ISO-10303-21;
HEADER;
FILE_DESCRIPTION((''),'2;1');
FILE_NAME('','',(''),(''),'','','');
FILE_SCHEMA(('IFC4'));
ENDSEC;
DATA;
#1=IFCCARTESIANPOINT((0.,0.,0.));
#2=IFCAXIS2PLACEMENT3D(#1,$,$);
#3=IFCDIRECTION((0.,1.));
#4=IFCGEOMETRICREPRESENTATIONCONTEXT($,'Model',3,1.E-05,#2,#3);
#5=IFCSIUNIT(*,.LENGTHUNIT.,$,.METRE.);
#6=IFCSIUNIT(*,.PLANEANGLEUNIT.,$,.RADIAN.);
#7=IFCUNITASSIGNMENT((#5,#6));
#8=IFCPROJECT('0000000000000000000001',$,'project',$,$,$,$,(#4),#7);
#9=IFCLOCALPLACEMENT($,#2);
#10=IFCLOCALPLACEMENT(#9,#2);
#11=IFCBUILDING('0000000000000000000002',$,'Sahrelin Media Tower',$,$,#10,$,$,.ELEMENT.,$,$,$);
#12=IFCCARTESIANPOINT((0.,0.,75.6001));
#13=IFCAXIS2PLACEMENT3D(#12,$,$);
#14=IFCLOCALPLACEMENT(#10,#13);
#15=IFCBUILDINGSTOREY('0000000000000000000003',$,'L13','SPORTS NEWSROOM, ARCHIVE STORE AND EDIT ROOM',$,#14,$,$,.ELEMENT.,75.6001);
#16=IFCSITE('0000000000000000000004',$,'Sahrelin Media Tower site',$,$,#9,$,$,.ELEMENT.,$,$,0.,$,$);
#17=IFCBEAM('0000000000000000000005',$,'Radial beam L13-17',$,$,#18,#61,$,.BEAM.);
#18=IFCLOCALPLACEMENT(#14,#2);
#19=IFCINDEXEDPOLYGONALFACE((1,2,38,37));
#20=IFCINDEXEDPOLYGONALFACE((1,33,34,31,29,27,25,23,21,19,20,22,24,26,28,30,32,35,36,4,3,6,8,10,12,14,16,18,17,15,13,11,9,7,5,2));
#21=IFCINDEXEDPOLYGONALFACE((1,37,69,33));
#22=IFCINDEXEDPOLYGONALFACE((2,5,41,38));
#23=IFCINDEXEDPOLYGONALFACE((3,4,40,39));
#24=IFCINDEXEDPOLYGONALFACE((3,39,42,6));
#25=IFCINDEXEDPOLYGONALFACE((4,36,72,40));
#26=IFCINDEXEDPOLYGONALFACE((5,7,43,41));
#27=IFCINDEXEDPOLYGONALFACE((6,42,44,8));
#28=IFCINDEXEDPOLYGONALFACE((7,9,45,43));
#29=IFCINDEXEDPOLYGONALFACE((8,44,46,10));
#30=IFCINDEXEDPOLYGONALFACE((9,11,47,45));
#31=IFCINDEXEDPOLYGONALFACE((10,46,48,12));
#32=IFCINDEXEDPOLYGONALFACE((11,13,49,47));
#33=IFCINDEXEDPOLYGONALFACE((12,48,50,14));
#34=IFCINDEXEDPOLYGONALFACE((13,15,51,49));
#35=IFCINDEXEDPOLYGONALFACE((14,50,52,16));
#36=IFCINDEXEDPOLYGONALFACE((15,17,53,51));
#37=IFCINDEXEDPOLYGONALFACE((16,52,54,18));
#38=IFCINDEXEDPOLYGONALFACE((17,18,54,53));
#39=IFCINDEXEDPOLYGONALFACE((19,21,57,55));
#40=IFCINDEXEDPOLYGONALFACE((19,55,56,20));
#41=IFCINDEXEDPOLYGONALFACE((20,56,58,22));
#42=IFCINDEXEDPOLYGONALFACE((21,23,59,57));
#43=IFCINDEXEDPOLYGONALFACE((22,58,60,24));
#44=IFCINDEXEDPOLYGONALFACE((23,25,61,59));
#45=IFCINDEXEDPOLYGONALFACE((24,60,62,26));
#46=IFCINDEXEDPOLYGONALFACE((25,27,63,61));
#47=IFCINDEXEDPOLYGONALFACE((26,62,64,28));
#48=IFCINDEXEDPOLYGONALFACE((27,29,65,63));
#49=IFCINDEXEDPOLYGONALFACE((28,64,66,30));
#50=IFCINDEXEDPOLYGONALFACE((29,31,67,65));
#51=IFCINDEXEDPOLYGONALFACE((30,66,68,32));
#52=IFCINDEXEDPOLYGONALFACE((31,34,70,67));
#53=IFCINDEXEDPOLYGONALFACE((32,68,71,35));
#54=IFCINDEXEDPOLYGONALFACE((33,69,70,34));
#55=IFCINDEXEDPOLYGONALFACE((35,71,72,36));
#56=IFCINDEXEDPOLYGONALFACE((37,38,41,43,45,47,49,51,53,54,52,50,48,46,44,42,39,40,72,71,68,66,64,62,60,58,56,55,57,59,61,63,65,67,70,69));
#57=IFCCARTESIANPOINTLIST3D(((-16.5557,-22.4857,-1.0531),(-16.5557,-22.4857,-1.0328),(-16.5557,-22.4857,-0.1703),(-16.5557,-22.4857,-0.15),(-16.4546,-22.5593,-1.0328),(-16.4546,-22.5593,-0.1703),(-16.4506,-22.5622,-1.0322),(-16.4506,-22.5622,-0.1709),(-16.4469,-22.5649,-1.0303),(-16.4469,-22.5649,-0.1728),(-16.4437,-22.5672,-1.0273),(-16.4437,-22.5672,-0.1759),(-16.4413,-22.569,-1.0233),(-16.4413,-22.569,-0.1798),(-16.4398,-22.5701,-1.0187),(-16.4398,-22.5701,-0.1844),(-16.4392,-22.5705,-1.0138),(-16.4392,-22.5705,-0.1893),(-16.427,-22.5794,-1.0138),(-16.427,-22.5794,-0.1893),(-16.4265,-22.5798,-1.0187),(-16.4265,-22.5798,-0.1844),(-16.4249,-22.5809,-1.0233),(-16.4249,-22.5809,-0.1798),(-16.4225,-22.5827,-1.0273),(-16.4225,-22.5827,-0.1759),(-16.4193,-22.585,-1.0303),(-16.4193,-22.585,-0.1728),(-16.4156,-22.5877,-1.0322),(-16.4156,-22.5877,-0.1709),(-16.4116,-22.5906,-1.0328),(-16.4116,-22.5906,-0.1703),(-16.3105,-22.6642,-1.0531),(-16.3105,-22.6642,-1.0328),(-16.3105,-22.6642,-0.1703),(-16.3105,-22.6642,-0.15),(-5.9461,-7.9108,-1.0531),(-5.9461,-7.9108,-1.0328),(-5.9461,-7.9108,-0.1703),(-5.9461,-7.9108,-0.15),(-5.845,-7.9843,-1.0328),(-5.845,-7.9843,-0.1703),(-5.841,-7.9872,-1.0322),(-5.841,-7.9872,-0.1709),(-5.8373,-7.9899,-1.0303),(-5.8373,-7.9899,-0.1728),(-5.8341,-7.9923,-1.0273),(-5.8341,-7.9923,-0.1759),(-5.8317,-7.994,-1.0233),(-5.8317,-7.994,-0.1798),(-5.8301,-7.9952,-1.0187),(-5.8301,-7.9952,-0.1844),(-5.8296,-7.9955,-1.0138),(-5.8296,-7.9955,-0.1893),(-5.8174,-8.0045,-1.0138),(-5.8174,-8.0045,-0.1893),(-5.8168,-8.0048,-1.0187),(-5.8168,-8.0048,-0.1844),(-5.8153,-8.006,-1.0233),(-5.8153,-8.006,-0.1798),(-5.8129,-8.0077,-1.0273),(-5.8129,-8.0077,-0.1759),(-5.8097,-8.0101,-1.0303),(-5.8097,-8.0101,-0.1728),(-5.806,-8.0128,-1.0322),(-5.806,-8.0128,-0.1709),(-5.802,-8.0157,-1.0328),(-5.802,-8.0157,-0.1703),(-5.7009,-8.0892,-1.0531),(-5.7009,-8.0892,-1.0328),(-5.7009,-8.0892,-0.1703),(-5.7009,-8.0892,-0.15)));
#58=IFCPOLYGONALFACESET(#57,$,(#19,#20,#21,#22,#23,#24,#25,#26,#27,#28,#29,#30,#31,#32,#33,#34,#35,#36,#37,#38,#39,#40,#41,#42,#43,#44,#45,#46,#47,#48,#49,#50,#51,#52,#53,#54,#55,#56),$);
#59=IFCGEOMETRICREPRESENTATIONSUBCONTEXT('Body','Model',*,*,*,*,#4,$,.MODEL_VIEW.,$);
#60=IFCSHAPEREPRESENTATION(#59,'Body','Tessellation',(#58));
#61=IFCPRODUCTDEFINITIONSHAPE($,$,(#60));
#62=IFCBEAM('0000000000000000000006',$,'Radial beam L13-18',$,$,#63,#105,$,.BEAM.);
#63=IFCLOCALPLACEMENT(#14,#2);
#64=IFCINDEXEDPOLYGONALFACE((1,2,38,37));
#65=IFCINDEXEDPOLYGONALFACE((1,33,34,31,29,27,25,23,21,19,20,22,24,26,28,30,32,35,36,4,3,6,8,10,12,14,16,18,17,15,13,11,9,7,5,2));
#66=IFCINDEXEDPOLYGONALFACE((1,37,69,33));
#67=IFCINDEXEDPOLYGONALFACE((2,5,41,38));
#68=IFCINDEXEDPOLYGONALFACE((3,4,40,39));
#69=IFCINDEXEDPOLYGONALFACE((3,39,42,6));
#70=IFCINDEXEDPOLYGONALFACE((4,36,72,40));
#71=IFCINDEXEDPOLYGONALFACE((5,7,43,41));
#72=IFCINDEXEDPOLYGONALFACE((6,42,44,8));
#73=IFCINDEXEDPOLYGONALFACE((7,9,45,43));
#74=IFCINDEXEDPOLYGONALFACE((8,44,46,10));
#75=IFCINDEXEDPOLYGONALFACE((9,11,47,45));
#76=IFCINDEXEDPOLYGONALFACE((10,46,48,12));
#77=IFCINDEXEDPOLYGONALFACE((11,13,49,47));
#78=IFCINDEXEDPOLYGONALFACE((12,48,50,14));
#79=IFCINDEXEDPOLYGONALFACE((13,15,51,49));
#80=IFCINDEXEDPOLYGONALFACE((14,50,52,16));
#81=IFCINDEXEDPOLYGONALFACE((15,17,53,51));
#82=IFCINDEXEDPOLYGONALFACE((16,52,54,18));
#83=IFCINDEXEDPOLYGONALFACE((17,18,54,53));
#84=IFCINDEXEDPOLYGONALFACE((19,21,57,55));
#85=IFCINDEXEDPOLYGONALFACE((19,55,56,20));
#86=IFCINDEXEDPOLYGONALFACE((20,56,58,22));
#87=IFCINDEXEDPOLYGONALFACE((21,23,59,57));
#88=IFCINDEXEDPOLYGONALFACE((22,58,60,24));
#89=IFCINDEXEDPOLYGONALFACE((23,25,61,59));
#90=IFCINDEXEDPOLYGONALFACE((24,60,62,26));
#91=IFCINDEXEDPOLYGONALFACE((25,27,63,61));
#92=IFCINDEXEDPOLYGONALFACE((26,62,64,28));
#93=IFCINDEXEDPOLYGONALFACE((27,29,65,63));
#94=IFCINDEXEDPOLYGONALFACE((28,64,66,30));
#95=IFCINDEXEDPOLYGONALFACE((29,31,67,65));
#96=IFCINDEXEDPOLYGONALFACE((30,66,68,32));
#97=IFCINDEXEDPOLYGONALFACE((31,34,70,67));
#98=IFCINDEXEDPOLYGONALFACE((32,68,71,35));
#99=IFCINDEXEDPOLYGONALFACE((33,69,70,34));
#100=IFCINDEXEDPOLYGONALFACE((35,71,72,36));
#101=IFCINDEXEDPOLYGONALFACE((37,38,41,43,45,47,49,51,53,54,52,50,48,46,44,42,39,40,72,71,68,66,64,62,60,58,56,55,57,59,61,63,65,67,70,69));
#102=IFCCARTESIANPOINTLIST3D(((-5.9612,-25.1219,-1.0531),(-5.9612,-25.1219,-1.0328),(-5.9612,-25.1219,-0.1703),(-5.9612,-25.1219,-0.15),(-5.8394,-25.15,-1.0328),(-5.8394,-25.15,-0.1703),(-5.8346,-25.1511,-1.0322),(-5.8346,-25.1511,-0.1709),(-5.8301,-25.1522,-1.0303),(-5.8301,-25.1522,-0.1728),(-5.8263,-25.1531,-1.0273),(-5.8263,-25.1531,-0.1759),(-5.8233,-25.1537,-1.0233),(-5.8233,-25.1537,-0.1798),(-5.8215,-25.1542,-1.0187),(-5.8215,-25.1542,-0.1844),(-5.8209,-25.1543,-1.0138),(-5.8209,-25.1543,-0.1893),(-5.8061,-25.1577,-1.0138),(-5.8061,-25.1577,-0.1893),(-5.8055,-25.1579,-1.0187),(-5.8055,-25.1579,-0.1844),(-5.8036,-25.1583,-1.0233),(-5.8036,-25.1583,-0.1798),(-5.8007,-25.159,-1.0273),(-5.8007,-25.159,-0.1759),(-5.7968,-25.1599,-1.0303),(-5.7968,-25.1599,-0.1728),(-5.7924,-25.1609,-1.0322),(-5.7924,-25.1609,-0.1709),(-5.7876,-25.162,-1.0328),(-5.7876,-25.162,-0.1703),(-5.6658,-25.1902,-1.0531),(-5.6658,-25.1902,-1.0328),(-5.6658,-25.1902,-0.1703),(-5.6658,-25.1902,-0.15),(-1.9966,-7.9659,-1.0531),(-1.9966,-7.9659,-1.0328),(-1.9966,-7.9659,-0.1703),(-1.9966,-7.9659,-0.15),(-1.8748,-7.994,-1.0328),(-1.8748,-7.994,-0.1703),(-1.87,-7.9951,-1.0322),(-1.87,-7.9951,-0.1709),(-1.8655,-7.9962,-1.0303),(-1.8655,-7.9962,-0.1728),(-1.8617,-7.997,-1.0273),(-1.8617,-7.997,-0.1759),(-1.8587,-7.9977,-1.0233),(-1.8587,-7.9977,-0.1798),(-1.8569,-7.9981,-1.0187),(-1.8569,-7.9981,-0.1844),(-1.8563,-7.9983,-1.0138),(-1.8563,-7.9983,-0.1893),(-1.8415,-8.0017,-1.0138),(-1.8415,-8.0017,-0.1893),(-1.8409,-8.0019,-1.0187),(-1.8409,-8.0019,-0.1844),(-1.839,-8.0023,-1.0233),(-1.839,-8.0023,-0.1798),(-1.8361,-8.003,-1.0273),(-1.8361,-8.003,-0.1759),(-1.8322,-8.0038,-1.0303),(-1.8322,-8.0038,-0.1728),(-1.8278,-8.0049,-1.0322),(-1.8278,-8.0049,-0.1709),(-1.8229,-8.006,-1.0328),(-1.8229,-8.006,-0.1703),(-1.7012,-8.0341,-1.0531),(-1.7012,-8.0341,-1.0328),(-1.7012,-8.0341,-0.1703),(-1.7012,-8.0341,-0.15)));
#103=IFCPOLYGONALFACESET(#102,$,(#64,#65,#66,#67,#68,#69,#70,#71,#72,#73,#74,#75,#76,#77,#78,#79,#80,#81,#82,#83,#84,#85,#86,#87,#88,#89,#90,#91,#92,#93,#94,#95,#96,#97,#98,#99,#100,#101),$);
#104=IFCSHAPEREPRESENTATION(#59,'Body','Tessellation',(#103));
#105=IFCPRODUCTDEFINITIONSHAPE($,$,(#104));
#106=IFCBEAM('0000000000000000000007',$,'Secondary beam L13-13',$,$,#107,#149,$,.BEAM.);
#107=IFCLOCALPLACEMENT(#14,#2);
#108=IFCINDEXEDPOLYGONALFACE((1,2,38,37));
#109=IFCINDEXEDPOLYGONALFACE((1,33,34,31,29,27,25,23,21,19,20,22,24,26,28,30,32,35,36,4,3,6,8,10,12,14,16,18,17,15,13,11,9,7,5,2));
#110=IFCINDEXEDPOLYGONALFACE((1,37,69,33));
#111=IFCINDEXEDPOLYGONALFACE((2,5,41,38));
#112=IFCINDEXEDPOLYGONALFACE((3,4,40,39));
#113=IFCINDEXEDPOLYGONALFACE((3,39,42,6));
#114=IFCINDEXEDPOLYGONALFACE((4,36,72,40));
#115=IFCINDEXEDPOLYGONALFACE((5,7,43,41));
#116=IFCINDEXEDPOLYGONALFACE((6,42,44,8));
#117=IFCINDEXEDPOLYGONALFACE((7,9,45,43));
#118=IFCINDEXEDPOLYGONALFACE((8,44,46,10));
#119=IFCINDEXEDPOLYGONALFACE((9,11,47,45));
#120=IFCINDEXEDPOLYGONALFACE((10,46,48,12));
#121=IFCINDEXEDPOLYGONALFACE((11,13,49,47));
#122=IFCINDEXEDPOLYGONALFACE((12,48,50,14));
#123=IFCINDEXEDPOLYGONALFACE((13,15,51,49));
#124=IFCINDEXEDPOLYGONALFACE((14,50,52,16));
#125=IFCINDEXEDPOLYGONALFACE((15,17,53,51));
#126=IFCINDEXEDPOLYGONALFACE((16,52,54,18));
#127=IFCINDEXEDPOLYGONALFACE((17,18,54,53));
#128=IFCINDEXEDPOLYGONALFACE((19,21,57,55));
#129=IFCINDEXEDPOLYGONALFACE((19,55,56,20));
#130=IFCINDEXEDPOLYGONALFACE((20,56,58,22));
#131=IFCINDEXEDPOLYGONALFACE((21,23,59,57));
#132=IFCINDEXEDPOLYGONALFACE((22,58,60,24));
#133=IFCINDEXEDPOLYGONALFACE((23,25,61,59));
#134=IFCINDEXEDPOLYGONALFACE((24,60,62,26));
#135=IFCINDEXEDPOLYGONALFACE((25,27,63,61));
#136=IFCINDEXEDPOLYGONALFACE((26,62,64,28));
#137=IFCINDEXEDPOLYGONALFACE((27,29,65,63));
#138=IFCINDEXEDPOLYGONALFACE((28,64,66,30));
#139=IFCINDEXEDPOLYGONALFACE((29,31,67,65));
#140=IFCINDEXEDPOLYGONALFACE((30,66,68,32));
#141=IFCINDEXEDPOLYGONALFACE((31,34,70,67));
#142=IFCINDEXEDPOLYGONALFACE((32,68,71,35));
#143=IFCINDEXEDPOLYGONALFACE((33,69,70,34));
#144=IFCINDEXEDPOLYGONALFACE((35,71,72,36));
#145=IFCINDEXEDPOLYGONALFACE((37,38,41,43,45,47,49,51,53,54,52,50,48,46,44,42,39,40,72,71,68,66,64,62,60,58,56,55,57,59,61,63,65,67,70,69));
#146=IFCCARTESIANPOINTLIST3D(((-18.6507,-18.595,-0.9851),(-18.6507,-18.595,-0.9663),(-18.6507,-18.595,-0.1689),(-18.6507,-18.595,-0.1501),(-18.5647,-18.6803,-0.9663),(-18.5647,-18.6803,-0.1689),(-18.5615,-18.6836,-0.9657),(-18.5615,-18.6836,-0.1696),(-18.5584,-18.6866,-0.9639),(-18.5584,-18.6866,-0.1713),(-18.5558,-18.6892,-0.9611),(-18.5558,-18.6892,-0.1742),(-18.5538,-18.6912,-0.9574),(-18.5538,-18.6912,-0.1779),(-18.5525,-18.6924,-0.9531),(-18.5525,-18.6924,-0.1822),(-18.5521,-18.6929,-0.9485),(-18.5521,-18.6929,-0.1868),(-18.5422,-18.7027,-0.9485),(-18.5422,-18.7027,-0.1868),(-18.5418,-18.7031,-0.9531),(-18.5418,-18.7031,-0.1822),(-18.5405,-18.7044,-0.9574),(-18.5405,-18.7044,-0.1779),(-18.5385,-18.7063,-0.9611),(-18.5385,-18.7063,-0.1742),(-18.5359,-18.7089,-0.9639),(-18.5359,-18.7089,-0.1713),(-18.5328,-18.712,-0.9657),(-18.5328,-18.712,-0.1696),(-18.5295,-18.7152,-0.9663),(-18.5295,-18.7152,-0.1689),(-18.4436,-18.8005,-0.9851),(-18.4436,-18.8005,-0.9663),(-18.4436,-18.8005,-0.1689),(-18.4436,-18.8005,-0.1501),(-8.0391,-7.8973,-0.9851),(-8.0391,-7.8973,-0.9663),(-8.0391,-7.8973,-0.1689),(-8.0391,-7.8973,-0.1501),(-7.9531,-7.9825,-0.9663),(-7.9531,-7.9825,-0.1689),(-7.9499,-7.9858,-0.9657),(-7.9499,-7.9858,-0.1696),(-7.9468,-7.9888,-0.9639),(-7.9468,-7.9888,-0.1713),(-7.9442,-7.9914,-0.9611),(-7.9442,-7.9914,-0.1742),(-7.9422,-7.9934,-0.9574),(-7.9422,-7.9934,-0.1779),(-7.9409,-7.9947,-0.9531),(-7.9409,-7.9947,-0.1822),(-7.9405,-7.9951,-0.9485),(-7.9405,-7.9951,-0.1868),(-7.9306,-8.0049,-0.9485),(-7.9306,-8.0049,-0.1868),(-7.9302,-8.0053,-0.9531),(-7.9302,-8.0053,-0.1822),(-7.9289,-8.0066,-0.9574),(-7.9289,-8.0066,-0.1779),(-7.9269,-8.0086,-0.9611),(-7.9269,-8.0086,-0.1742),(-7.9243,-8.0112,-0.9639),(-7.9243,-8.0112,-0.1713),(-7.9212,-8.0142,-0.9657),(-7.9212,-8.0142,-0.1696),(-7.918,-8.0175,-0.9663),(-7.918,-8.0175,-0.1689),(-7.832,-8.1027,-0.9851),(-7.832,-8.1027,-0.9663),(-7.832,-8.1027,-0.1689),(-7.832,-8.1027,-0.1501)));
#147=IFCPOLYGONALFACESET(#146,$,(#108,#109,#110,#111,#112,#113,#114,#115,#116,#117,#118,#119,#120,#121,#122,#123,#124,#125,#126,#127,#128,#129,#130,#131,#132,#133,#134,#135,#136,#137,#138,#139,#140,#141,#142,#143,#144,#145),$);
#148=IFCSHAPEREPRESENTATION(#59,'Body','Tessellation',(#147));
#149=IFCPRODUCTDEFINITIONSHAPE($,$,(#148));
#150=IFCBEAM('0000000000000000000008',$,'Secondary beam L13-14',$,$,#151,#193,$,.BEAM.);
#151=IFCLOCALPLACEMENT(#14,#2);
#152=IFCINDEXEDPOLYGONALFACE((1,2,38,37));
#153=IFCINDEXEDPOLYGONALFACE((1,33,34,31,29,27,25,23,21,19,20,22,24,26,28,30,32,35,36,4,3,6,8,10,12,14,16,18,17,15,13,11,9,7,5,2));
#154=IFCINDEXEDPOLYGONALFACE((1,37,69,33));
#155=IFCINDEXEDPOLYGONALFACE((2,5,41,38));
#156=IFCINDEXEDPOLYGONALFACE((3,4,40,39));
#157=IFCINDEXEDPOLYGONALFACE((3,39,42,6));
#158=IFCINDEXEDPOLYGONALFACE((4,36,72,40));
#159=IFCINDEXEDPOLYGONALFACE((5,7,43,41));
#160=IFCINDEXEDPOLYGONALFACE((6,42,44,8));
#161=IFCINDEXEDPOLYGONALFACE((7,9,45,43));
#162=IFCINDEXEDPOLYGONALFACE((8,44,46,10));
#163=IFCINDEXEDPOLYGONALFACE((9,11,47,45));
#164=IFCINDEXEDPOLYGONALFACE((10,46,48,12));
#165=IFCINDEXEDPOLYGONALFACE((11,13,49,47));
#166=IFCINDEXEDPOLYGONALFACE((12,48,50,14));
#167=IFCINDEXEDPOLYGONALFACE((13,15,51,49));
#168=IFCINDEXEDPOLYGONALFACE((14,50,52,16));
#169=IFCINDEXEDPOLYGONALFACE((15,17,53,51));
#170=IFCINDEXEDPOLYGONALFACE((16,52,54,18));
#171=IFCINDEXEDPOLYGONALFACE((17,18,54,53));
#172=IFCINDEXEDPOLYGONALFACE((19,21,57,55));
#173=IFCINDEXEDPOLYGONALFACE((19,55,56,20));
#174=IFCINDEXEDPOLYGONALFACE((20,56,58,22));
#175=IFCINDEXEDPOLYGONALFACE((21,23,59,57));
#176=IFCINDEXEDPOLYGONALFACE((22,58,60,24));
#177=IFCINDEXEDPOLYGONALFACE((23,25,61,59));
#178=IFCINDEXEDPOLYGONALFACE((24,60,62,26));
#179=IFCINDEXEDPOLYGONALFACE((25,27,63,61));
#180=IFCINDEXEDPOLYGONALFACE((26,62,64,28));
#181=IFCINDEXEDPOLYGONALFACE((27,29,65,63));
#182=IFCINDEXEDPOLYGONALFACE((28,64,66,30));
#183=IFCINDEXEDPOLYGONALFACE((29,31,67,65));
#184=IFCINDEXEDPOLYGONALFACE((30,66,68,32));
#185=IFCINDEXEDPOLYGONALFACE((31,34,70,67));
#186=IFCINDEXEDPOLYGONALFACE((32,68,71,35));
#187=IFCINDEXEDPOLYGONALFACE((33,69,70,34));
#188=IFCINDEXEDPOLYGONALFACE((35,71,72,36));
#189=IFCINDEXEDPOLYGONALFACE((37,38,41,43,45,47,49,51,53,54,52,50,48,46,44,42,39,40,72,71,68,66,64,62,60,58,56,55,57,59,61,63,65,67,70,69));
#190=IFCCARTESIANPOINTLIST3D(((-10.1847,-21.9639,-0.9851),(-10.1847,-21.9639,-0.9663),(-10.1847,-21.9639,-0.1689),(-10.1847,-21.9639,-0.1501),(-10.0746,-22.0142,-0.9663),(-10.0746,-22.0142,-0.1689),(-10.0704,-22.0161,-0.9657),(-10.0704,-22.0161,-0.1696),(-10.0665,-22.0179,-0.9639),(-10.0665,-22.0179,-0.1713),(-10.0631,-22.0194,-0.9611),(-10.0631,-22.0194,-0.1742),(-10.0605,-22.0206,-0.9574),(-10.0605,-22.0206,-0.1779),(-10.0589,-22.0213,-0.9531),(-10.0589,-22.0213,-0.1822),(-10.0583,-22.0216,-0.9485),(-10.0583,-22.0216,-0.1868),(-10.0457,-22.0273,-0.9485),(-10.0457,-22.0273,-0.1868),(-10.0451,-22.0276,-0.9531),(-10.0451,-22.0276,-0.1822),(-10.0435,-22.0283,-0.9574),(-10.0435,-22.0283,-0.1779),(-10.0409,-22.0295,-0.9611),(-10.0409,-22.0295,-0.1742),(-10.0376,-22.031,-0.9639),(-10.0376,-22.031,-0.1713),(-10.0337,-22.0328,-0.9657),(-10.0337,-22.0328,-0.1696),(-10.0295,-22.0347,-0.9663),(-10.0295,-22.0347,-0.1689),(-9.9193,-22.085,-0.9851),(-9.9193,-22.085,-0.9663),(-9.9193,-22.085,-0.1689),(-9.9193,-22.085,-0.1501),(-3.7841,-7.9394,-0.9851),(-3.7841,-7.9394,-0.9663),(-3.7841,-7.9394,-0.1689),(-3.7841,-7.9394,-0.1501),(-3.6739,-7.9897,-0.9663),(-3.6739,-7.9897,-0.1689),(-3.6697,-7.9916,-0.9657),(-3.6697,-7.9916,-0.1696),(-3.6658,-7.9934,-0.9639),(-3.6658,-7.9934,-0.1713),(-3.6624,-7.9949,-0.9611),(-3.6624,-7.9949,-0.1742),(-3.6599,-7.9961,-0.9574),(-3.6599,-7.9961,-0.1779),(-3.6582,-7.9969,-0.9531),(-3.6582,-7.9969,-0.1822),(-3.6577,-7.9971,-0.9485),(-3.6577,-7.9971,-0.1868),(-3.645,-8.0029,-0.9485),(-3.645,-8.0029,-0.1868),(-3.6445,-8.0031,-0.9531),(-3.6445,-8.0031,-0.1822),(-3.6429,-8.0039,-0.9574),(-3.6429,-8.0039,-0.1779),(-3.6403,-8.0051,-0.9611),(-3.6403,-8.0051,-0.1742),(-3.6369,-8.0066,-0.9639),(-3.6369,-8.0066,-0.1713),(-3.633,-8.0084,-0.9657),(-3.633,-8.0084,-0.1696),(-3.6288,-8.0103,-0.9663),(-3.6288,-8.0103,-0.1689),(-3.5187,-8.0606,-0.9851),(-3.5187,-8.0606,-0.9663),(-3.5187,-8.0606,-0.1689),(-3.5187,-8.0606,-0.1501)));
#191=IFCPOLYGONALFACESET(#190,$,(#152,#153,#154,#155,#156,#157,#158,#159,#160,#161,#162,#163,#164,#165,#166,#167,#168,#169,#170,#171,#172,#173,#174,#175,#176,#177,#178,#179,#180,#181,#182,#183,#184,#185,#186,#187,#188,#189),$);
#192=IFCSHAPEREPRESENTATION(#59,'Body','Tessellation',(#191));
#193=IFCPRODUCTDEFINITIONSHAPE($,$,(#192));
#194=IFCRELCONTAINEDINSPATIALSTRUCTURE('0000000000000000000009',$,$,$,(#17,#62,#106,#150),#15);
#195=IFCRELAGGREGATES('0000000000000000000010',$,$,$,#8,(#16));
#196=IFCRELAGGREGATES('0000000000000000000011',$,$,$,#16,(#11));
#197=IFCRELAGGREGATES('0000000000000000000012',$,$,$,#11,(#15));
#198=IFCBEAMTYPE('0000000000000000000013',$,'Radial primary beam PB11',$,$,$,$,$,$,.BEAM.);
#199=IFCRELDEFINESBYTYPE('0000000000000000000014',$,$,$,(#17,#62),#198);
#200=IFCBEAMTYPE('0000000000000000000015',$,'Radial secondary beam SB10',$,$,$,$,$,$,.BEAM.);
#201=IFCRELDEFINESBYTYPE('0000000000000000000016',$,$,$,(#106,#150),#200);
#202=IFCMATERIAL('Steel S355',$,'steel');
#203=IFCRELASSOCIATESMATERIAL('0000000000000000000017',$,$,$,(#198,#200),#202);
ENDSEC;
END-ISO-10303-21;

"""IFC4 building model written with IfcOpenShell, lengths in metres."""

from ifc_helpers import new_model, si_unit, direction, frame, origin, origin_2d, place, context, subcontext, project, spatial, i_section, extrude, material, material_profile, profile_set, type_object, element, save


model = new_model("IFC4")

# Units and contexts
model_context = context("Model", 3, precision=1e-05, world=origin(), true_north=direction((0.0, 1.0)))
body_context = subcontext(model_context, "Body", "Model", "MODEL_VIEW")
ifc_project = project(units=[si_unit("LENGTHUNIT", "METRE"), si_unit("PLANEANGLEUNIT", "RADIAN")], contexts=[model_context])

# Site, building, storey
site_placement = place(None, origin())
site = spatial("IfcSite", under=ifc_project, at=site_placement, Name="Sahrelin Media Tower site", CompositionType="ELEMENT", RefElevation=0.0)
building_placement = place(site_placement, origin())
building = spatial("IfcBuilding", under=site, at=building_placement, Name="Sahrelin Media Tower", CompositionType="ELEMENT")
storey_placement = place(building_placement, frame((0.0, 0.0, 75.6001)))
storey = spatial("IfcBuildingStorey", under=building, at=storey_placement, Name="L13", Description="SPORTS NEWSROOM, ARCHIVE STORE AND EDIT ROOM", CompositionType="ELEMENT", Elevation=75.6001)

# Beams
ifc_material_1 = material(Name="Steel S355", Category="steel")
ifc_material_profile_1 = material_profile(ifc_material_1, i_section(OverallWidth=0.3032, OverallDepth=0.9031, WebThickness=0.0151, FlangeThickness=0.0203, FilletRadius=0.019, at=origin_2d()), Name="UB 914x305x201")
ifc_profile_set_1 = profile_set([ifc_material_profile_1], Name="Steel S355")
beam_type_1 = type_object("IfcBeamType", Name="Radial primary beam PB11", PredefinedType="BEAM", material=ifc_profile_set_1)
beam_1_placement = place(storey_placement, frame((-5.8235, -8.0, -0.6016), z_axis=(-0.588522, -0.808481, 0.0), x_axis=(0.808481, -0.588522, 0.0)))
element("IfcBeam", 1, at=beam_1_placement, inside=storey, type_object=beam_type_1, Name="Radial beam L13-17", PredefinedType="BEAM", context=body_context, shape_type="SweptSolid", body=[
    extrude(i_section(OverallWidth=0.3032, OverallDepth=0.9031, WebThickness=0.0151, FlangeThickness=0.0203, FilletRadius=0.019, at=origin_2d()), origin(), (0.0, 0.0, 1.0), 18.0276),
])
beam_2_placement = place(storey_placement, frame((-1.8489, -8.0, -0.6016), z_axis=(-0.225157, -0.974322, 0.0), x_axis=(0.974322, -0.225157, 0.0)))
element("IfcBeam", 2, at=beam_2_placement, inside=storey, type_object=beam_type_1, Name="Radial beam L13-18", PredefinedType="BEAM", context=body_context, shape_type="SweptSolid", body=[
    extrude(i_section(OverallWidth=0.3032, OverallDepth=0.9031, WebThickness=0.0151, FlangeThickness=0.0203, FilletRadius=0.019, at=origin_2d()), origin(), (0.0, 0.0, 1.0), 17.6082),
])
ifc_material_profile_2 = material_profile(ifc_material_1, i_section(OverallWidth=0.2917, OverallDepth=0.835, WebThickness=0.0139, FlangeThickness=0.0188, FilletRadius=0.0178, at=origin_2d()), Name="UB 838x292x176")
ifc_profile_set_2 = profile_set([ifc_material_profile_2], Name="Steel S355")
beam_type_2 = type_object("IfcBeamType", Name="Radial secondary beam SB10", PredefinedType="BEAM", material=ifc_profile_set_2)
beam_3_placement = place(storey_placement, frame((-7.9355, -8.0, -0.5676), z_axis=(-0.704241, -0.709961, 0.0), x_axis=(0.709961, -0.704241, 0.0)))
element("IfcBeam", 3, at=beam_3_placement, inside=storey, type_object=beam_type_2, Name="Secondary beam L13-13", PredefinedType="BEAM", context=body_context, shape_type="SweptSolid", body=[
    extrude(i_section(OverallWidth=0.2917, OverallDepth=0.835, WebThickness=0.0139, FlangeThickness=0.0188, FilletRadius=0.0178, at=origin_2d()), origin(), (0.0, 0.0, 1.0), 15.0681),
])
beam_4_placement = place(storey_placement, frame((-3.6514, -8.0, -0.5676), z_axis=(-0.415195, -0.909732, 0.0), x_axis=(0.909732, -0.415195, 0.0)))
element("IfcBeam", 4, at=beam_4_placement, inside=storey, type_object=beam_type_2, Name="Secondary beam L13-14", PredefinedType="BEAM", context=body_context, shape_type="SweptSolid", body=[
    extrude(i_section(OverallWidth=0.2917, OverallDepth=0.835, WebThickness=0.0139, FlangeThickness=0.0188, FilletRadius=0.0178, at=origin_2d()), origin(), (0.0, 0.0, 1.0), 15.416),
])

save(model, "model.ifc")
